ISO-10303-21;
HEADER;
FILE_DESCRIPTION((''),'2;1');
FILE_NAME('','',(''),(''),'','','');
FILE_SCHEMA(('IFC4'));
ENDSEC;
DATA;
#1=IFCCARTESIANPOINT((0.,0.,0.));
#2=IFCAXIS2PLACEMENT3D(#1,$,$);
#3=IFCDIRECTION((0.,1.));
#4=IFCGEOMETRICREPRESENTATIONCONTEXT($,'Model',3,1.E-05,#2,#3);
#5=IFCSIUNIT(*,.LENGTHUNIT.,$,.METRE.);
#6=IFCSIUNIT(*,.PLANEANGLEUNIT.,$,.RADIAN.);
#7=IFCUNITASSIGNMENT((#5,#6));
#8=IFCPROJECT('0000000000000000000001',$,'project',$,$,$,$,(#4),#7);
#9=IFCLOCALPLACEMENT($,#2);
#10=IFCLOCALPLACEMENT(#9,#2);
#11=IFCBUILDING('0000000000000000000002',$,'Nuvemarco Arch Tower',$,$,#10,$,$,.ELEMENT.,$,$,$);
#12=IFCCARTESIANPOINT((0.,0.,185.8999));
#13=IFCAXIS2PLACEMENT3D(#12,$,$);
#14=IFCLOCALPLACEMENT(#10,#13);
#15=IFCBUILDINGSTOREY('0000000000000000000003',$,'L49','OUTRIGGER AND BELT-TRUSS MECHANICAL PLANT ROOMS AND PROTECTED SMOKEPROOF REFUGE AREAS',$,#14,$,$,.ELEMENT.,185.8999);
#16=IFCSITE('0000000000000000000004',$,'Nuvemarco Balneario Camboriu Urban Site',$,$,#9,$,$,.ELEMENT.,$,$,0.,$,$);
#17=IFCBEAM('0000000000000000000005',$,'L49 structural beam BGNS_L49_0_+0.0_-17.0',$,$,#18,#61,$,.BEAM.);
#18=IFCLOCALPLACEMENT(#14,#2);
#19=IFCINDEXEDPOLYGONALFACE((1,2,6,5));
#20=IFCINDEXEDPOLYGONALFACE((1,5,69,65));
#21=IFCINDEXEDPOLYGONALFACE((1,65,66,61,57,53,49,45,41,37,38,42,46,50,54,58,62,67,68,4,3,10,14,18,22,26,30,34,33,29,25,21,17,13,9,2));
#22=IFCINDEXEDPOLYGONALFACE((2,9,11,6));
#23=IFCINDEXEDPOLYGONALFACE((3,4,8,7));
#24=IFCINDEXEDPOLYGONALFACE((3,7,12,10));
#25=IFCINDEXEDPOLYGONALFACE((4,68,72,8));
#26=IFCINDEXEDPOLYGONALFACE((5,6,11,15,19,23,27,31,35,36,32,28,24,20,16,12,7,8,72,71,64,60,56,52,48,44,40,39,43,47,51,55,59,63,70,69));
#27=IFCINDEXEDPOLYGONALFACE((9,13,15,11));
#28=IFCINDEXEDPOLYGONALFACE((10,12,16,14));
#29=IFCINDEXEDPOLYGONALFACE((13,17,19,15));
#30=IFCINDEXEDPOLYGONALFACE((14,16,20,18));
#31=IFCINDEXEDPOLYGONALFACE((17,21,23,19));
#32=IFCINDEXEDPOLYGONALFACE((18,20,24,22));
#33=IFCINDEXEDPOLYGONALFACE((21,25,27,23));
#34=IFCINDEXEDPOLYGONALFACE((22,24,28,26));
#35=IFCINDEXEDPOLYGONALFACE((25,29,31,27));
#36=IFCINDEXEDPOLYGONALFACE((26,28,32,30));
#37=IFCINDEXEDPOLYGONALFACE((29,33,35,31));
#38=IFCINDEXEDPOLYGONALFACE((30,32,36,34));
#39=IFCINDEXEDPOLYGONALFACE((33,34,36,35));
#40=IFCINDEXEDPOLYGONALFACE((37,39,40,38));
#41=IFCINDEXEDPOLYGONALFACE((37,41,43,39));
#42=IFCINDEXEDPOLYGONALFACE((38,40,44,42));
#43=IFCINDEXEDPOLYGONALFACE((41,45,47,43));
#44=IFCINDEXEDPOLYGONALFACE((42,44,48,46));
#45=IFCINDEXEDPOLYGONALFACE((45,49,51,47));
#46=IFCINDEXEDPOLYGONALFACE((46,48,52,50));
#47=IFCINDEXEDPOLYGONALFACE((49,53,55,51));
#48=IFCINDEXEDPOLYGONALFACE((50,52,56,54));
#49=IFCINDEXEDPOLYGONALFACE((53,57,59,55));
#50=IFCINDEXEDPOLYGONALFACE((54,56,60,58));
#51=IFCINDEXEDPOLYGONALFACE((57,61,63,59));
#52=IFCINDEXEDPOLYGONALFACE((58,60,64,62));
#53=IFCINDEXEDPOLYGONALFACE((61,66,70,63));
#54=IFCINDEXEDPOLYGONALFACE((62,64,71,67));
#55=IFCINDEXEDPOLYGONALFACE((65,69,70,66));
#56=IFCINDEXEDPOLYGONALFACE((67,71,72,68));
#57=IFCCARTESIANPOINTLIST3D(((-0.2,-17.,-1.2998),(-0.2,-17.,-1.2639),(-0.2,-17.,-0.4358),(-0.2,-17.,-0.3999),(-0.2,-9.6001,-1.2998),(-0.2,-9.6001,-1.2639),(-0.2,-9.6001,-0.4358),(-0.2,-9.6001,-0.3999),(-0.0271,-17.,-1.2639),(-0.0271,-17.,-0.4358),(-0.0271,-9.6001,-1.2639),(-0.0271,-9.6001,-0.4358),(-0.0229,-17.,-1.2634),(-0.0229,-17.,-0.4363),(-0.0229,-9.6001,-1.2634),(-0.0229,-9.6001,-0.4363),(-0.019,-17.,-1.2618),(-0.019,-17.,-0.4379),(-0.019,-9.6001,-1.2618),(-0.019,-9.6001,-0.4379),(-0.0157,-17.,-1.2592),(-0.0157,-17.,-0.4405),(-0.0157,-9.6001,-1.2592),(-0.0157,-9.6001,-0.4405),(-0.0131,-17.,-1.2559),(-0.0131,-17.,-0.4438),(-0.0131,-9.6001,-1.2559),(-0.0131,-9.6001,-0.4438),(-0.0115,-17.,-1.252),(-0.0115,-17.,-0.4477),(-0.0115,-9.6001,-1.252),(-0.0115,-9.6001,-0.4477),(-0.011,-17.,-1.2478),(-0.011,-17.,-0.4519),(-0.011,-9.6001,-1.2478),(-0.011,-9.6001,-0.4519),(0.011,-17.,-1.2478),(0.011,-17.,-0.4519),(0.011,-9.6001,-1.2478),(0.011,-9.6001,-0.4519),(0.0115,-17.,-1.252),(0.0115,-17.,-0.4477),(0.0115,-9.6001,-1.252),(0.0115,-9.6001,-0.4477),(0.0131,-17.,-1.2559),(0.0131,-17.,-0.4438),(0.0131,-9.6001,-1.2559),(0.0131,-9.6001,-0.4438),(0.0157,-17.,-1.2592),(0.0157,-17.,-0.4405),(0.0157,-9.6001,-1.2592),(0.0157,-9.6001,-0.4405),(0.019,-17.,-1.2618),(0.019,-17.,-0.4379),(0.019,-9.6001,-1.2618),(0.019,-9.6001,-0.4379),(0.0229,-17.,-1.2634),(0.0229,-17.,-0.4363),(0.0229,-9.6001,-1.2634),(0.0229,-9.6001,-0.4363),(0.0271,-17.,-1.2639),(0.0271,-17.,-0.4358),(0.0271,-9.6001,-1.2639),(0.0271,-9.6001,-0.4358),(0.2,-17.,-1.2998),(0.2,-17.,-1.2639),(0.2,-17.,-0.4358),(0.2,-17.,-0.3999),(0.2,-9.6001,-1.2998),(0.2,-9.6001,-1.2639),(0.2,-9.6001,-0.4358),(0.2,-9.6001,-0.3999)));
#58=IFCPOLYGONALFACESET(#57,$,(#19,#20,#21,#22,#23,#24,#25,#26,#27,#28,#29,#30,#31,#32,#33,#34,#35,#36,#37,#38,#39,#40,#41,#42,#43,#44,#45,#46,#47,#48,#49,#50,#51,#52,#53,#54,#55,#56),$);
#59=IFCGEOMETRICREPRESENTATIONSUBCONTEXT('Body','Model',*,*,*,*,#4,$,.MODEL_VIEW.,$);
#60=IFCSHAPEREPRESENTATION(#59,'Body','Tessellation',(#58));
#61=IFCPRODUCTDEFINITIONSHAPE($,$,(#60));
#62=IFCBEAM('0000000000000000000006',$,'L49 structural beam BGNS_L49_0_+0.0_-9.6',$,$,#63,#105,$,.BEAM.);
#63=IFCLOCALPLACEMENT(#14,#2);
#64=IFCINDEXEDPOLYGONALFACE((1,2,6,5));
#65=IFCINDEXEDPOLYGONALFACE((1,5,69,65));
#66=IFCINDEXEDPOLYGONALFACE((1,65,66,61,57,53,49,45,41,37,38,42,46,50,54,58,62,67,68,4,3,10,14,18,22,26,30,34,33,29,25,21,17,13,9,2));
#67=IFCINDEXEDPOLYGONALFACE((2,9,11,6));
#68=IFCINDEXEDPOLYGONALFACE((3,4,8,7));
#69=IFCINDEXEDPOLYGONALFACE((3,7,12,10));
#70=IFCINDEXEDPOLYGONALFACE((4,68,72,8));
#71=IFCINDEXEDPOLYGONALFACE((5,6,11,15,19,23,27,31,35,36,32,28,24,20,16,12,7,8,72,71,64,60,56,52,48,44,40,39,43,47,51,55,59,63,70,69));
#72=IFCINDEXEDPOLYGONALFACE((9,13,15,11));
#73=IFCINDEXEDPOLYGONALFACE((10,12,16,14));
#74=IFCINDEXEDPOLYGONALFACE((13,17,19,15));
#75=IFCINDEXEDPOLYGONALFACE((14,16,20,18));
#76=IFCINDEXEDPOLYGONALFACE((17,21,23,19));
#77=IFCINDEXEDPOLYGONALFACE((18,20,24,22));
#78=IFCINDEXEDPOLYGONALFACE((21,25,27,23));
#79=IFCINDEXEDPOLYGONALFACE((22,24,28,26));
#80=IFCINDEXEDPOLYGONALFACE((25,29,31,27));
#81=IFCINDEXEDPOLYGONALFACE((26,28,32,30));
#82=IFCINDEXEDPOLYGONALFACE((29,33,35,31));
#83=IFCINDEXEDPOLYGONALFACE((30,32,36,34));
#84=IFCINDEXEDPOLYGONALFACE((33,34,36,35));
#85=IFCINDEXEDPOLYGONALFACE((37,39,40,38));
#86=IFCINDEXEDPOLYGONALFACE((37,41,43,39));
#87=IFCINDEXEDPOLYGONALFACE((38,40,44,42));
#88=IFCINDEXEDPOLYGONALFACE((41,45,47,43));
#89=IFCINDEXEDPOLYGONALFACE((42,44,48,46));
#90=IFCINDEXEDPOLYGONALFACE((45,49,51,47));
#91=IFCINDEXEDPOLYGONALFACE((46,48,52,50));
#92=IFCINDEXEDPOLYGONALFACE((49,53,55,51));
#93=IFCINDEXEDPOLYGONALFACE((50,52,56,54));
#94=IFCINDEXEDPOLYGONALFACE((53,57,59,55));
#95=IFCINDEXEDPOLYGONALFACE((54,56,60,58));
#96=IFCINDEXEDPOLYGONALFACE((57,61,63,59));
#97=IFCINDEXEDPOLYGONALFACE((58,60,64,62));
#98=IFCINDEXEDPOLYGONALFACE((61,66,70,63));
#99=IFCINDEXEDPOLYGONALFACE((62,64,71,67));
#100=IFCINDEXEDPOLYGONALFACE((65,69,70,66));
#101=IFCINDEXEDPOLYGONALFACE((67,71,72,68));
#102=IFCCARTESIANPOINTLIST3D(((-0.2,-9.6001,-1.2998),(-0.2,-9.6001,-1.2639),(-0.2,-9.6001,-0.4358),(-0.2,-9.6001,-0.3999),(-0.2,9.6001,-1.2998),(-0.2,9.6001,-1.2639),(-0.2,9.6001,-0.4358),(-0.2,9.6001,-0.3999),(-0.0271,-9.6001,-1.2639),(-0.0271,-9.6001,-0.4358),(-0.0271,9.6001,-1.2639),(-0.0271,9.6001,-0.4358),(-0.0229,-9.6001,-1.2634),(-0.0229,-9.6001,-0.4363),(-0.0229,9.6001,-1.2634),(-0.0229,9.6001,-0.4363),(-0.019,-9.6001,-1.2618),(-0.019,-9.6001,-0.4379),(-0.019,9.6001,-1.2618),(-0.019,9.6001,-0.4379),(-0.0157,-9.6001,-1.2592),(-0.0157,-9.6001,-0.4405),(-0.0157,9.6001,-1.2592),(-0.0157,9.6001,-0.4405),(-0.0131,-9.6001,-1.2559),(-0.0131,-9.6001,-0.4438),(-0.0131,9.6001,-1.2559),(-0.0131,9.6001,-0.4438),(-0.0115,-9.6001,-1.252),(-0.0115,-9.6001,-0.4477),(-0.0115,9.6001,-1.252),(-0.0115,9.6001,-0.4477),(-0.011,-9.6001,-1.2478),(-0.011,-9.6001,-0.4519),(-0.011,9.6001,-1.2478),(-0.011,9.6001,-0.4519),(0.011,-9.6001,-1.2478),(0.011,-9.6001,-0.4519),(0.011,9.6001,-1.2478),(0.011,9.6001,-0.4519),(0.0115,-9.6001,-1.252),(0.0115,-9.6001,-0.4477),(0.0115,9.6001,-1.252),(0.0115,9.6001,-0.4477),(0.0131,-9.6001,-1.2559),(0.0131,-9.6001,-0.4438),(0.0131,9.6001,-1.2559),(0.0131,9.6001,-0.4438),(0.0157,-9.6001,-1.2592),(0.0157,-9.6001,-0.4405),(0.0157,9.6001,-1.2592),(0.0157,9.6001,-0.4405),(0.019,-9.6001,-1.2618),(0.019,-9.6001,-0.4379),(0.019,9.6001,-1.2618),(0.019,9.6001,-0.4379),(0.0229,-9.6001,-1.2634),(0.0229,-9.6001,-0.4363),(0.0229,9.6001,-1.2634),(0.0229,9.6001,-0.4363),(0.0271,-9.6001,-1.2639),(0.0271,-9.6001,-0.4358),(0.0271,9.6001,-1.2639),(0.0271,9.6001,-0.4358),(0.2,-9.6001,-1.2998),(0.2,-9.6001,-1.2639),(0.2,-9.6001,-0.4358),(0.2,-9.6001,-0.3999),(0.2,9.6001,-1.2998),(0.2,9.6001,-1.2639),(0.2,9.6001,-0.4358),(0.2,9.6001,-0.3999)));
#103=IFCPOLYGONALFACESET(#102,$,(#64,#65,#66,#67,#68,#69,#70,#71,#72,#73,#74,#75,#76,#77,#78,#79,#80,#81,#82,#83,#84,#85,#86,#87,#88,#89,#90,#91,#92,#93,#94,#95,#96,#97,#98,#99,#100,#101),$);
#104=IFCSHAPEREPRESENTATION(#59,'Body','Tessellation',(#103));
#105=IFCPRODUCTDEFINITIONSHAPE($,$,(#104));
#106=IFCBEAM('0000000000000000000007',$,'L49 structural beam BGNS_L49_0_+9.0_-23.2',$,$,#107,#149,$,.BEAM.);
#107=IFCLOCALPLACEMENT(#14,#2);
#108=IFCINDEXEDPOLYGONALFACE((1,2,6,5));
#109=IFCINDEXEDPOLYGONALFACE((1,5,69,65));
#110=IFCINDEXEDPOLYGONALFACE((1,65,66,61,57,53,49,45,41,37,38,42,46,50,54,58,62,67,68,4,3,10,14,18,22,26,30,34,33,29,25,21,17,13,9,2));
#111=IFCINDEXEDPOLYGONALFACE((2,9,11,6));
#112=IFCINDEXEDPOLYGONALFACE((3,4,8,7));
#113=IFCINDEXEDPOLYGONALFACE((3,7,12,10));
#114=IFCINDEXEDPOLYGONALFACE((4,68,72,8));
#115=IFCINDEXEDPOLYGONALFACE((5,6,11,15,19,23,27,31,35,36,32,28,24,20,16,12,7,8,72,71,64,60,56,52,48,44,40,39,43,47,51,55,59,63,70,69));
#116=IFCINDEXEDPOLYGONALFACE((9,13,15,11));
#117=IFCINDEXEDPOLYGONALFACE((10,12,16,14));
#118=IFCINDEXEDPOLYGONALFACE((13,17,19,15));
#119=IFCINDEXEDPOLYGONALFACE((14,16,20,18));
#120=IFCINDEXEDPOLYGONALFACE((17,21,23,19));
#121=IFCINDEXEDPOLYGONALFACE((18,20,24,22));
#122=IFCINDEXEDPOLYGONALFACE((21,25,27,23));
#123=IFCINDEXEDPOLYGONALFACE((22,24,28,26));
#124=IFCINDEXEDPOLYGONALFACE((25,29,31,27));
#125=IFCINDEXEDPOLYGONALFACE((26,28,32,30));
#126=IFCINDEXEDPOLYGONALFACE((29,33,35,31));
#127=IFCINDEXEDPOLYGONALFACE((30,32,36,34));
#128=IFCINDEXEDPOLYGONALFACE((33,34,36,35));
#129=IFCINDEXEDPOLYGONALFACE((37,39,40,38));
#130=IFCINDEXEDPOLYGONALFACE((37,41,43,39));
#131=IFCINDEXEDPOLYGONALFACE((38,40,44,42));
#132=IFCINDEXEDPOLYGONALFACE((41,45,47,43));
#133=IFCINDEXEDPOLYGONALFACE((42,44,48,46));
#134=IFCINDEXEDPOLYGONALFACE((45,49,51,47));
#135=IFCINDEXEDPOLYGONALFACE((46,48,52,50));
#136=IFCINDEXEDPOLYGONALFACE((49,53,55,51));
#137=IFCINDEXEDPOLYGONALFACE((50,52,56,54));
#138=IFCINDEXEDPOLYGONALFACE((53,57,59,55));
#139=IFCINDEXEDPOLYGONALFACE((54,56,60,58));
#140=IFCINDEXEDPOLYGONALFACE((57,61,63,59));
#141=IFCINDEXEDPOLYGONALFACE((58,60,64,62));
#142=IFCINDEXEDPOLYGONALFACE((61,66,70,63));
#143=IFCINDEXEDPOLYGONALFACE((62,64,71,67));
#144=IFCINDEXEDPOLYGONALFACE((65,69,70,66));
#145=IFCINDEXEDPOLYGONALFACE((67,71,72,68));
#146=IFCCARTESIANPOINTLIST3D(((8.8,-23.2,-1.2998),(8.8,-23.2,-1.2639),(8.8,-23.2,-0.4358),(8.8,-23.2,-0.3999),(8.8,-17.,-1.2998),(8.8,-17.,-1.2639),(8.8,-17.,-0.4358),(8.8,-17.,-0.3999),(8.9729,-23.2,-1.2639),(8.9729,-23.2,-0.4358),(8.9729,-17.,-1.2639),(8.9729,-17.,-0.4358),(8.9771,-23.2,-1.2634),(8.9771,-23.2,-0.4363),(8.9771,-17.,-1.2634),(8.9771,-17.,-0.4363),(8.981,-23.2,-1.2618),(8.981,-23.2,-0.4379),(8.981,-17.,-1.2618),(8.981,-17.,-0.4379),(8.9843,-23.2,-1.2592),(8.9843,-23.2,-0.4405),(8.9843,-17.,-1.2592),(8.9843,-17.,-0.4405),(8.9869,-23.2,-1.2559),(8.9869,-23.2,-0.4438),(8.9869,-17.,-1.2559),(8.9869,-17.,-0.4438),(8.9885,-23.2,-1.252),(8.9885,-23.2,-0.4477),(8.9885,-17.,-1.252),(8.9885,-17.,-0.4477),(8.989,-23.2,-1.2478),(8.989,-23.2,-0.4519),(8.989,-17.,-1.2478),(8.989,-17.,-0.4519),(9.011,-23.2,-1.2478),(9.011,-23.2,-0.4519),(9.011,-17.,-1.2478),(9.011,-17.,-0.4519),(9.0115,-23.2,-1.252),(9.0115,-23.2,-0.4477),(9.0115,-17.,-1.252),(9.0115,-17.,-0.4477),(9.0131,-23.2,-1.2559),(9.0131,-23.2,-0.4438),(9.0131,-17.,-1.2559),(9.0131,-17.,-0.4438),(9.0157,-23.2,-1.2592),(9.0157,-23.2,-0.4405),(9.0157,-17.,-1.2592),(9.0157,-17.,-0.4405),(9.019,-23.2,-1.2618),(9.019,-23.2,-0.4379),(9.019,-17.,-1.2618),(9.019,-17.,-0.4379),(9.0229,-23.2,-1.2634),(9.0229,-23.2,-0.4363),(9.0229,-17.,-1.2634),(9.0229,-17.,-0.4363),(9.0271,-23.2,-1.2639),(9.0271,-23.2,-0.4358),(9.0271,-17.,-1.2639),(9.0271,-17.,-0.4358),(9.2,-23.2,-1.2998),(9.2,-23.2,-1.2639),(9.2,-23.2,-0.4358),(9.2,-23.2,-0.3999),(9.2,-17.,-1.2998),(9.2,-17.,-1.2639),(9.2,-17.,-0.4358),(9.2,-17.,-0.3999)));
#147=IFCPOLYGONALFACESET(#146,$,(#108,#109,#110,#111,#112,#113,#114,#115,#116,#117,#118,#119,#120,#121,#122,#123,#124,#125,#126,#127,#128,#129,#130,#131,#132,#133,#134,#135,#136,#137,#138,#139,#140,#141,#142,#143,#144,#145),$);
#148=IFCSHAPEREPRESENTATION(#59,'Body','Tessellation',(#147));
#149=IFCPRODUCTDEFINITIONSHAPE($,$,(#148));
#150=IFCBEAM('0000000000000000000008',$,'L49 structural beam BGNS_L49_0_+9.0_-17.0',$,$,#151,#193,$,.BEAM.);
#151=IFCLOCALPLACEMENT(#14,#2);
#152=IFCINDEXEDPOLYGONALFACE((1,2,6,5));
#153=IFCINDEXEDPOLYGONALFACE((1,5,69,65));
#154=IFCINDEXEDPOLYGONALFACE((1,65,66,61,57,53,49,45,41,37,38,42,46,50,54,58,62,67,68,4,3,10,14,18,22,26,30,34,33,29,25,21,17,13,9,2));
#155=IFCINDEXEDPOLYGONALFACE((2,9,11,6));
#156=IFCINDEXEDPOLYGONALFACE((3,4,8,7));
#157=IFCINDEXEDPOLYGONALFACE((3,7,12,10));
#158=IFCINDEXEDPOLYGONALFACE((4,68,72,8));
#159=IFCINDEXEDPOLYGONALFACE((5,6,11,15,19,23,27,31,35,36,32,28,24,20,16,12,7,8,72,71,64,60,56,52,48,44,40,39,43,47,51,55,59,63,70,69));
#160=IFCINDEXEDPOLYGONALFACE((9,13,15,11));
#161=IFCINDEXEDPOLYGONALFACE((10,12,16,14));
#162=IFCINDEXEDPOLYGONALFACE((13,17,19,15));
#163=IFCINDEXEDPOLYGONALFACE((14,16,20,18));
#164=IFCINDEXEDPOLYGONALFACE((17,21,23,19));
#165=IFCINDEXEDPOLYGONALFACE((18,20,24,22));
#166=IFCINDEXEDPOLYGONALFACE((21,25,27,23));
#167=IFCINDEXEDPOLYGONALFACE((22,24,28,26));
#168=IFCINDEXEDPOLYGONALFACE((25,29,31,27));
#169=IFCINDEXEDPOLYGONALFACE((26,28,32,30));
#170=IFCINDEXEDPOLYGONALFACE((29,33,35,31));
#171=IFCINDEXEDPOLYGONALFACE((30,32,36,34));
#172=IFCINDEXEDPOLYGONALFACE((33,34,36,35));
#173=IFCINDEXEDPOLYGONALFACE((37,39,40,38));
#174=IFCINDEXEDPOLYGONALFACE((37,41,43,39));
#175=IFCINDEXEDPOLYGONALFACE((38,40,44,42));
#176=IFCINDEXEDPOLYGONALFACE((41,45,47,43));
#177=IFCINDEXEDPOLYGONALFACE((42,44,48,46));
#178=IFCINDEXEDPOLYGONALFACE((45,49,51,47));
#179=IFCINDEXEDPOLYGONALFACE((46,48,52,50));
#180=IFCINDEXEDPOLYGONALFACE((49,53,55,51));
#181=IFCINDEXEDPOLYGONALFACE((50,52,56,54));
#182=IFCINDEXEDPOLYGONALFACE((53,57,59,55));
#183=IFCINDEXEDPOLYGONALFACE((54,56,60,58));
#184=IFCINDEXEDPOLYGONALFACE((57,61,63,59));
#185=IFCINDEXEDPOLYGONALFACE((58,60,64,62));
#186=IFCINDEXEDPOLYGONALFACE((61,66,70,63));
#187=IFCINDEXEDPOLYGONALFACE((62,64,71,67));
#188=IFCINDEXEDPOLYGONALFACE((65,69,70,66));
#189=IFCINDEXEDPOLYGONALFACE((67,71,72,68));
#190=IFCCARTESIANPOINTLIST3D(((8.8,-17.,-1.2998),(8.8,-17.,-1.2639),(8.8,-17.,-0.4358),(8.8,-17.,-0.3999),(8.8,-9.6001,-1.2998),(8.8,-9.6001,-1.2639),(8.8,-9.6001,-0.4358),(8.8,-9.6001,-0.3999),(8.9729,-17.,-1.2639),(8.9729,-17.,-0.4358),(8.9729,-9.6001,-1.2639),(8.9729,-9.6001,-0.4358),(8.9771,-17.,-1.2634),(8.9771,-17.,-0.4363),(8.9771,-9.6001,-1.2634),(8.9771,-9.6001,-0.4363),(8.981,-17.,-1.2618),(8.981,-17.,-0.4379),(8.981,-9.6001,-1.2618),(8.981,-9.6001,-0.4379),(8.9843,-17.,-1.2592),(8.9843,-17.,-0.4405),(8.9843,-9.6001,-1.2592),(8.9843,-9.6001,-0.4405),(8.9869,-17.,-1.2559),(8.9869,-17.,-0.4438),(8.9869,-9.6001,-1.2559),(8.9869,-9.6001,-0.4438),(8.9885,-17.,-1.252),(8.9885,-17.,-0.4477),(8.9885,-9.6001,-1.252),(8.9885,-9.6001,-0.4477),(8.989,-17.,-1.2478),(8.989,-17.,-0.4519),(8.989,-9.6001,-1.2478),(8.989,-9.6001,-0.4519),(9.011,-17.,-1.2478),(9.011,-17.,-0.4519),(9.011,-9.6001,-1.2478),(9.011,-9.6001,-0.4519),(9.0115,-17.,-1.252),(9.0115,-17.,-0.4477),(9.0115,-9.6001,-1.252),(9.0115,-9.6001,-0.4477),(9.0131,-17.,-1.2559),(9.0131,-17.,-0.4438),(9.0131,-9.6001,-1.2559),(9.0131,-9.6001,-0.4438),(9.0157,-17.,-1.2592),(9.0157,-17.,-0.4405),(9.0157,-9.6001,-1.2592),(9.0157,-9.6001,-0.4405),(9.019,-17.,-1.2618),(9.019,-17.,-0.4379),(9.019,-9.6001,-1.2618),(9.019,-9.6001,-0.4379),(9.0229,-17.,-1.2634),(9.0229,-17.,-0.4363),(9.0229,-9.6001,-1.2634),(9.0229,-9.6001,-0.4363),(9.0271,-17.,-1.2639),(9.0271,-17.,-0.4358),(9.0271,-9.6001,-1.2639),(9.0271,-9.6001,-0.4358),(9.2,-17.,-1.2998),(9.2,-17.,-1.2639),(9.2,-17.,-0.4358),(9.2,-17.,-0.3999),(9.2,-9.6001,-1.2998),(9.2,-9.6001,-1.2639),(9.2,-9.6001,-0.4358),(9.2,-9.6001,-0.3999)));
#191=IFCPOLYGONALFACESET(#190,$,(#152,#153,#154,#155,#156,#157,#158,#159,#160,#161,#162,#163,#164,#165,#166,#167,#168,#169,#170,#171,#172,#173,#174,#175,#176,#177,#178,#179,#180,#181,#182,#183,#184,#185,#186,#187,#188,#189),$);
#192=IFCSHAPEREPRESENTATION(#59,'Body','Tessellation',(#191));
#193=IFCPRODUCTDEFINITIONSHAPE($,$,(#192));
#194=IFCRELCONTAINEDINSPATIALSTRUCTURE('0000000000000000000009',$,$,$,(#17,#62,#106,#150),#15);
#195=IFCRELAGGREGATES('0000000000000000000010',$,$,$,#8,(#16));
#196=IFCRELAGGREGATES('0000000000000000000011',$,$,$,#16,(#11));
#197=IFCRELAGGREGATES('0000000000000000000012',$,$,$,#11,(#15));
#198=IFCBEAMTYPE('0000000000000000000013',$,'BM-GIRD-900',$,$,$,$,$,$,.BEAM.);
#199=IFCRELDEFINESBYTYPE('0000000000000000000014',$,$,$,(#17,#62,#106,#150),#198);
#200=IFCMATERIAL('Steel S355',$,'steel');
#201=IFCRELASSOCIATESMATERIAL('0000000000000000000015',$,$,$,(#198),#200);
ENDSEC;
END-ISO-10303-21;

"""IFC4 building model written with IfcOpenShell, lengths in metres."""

from ifc_helpers import new_model, si_unit, direction, frame, origin, origin_2d, place, context, subcontext, project, spatial, i_section, extrude, material, material_profile, profile_set, type_object, element, save


model = new_model("IFC4")

# Units and contexts
model_context = context("Model", 3, precision=1e-05, world=origin(), true_north=direction((0.0, 1.0)))
body_context = subcontext(model_context, "Body", "Model", "MODEL_VIEW")
ifc_project = project(units=[si_unit("LENGTHUNIT", "METRE"), si_unit("PLANEANGLEUNIT", "RADIAN")], contexts=[model_context])

# Site, building, storey
site_placement = place(None, origin())
site = spatial("IfcSite", under=ifc_project, at=site_placement, Name="Nuvemarco Balneario Camboriu Urban Site", CompositionType="ELEMENT", RefElevation=0.0)
building_placement = place(site_placement, origin())
building = spatial("IfcBuilding", under=site, at=building_placement, Name="Nuvemarco Arch Tower", CompositionType="ELEMENT")
storey_placement = place(building_placement, frame((0.0, 0.0, 185.8999)))
storey = spatial("IfcBuildingStorey", under=building, at=storey_placement, Name="L49", Description="OUTRIGGER AND BELT-TRUSS MECHANICAL PLANT ROOMS AND PROTECTED SMOKEPROOF REFUGE AREAS", CompositionType="ELEMENT", Elevation=185.8999)

# Shared definitions
ifc_material_1 = material(Name="Steel S355", Category="steel")

# Beams
ifc_material_profile_1 = material_profile(ifc_material_1, i_section(OverallWidth=0.3999, OverallDepth=0.8999, WebThickness=0.022, FlangeThickness=0.0359, FilletRadius=0.0161, at=origin_2d()), Name="PG900x400")
ifc_profile_set_1 = profile_set([ifc_material_profile_1], Name="Steel S355")
beam_type_1 = type_object("IfcBeamType", Name="BM-GIRD-900", PredefinedType="BEAM", material=ifc_profile_set_1)
beam_1_placement = place(storey_placement, frame((0.0, -17.0, -0.8499), z_axis=(0.0, 1.0, 0.0), x_axis=(-1.0, 0.0, 0.0)))
element("IfcBeam", 1, at=beam_1_placement, inside=storey, type_object=beam_type_1, Name="L49 structural beam BGNS_L49_0_+0.0_-17.0", PredefinedType="BEAM", context=body_context, shape_type="SweptSolid", body=[
    extrude(i_section(OverallWidth=0.3999, OverallDepth=0.8999, WebThickness=0.022, FlangeThickness=0.0359, FilletRadius=0.0161, at=origin_2d()), origin(), (0.0, 0.0, 1.0), 7.3999),
])
beam_2_placement = place(storey_placement, frame((0.0, -9.6001, -0.8499), z_axis=(0.0, 1.0, 0.0), x_axis=(-1.0, 0.0, 0.0)))
element("IfcBeam", 2, at=beam_2_placement, inside=storey, type_object=beam_type_1, Name="L49 structural beam BGNS_L49_0_+0.0_-9.6", PredefinedType="BEAM", context=body_context, shape_type="SweptSolid", body=[
    extrude(i_section(OverallWidth=0.3999, OverallDepth=0.8999, WebThickness=0.022, FlangeThickness=0.0359, FilletRadius=0.0161, at=origin_2d()), origin(), (0.0, 0.0, 1.0), 19.2002),
])
beam_3_placement = place(storey_placement, frame((9.0, -23.2, -0.8499), z_axis=(0.0, 1.0, 0.0), x_axis=(-1.0, 0.0, 0.0)))
element("IfcBeam", 3, at=beam_3_placement, inside=storey, type_object=beam_type_1, Name="L49 structural beam BGNS_L49_0_+9.0_-23.2", PredefinedType="BEAM", context=body_context, shape_type="SweptSolid", body=[
    extrude(i_section(OverallWidth=0.3999, OverallDepth=0.8999, WebThickness=0.022, FlangeThickness=0.0359, FilletRadius=0.0161, at=origin_2d()), origin(), (0.0, 0.0, 1.0), 6.2),
])
for number, where, z_axis, x_axis, name in (
    (4, (9.0, -17.0, -0.8499), (0.0, 1.0, 0.0), (-1.0, 0.0, 0.0), "L49 structural beam BGNS_L49_0_+9.0_-17.0"),
):
    element("IfcBeam", number, at=place(storey_placement, frame(where, z_axis=z_axis, x_axis=x_axis)), inside=storey, type_object=beam_type_1, Name=name, PredefinedType="BEAM", context=body_context, shape_type="SweptSolid", body=[
        extrude(i_section(OverallWidth=0.3999, OverallDepth=0.8999, WebThickness=0.022, FlangeThickness=0.0359, FilletRadius=0.0161, at=origin_2d()), origin(), (0.0, 0.0, 1.0), 7.3999),
    ])

save(model, "model.ifc")
